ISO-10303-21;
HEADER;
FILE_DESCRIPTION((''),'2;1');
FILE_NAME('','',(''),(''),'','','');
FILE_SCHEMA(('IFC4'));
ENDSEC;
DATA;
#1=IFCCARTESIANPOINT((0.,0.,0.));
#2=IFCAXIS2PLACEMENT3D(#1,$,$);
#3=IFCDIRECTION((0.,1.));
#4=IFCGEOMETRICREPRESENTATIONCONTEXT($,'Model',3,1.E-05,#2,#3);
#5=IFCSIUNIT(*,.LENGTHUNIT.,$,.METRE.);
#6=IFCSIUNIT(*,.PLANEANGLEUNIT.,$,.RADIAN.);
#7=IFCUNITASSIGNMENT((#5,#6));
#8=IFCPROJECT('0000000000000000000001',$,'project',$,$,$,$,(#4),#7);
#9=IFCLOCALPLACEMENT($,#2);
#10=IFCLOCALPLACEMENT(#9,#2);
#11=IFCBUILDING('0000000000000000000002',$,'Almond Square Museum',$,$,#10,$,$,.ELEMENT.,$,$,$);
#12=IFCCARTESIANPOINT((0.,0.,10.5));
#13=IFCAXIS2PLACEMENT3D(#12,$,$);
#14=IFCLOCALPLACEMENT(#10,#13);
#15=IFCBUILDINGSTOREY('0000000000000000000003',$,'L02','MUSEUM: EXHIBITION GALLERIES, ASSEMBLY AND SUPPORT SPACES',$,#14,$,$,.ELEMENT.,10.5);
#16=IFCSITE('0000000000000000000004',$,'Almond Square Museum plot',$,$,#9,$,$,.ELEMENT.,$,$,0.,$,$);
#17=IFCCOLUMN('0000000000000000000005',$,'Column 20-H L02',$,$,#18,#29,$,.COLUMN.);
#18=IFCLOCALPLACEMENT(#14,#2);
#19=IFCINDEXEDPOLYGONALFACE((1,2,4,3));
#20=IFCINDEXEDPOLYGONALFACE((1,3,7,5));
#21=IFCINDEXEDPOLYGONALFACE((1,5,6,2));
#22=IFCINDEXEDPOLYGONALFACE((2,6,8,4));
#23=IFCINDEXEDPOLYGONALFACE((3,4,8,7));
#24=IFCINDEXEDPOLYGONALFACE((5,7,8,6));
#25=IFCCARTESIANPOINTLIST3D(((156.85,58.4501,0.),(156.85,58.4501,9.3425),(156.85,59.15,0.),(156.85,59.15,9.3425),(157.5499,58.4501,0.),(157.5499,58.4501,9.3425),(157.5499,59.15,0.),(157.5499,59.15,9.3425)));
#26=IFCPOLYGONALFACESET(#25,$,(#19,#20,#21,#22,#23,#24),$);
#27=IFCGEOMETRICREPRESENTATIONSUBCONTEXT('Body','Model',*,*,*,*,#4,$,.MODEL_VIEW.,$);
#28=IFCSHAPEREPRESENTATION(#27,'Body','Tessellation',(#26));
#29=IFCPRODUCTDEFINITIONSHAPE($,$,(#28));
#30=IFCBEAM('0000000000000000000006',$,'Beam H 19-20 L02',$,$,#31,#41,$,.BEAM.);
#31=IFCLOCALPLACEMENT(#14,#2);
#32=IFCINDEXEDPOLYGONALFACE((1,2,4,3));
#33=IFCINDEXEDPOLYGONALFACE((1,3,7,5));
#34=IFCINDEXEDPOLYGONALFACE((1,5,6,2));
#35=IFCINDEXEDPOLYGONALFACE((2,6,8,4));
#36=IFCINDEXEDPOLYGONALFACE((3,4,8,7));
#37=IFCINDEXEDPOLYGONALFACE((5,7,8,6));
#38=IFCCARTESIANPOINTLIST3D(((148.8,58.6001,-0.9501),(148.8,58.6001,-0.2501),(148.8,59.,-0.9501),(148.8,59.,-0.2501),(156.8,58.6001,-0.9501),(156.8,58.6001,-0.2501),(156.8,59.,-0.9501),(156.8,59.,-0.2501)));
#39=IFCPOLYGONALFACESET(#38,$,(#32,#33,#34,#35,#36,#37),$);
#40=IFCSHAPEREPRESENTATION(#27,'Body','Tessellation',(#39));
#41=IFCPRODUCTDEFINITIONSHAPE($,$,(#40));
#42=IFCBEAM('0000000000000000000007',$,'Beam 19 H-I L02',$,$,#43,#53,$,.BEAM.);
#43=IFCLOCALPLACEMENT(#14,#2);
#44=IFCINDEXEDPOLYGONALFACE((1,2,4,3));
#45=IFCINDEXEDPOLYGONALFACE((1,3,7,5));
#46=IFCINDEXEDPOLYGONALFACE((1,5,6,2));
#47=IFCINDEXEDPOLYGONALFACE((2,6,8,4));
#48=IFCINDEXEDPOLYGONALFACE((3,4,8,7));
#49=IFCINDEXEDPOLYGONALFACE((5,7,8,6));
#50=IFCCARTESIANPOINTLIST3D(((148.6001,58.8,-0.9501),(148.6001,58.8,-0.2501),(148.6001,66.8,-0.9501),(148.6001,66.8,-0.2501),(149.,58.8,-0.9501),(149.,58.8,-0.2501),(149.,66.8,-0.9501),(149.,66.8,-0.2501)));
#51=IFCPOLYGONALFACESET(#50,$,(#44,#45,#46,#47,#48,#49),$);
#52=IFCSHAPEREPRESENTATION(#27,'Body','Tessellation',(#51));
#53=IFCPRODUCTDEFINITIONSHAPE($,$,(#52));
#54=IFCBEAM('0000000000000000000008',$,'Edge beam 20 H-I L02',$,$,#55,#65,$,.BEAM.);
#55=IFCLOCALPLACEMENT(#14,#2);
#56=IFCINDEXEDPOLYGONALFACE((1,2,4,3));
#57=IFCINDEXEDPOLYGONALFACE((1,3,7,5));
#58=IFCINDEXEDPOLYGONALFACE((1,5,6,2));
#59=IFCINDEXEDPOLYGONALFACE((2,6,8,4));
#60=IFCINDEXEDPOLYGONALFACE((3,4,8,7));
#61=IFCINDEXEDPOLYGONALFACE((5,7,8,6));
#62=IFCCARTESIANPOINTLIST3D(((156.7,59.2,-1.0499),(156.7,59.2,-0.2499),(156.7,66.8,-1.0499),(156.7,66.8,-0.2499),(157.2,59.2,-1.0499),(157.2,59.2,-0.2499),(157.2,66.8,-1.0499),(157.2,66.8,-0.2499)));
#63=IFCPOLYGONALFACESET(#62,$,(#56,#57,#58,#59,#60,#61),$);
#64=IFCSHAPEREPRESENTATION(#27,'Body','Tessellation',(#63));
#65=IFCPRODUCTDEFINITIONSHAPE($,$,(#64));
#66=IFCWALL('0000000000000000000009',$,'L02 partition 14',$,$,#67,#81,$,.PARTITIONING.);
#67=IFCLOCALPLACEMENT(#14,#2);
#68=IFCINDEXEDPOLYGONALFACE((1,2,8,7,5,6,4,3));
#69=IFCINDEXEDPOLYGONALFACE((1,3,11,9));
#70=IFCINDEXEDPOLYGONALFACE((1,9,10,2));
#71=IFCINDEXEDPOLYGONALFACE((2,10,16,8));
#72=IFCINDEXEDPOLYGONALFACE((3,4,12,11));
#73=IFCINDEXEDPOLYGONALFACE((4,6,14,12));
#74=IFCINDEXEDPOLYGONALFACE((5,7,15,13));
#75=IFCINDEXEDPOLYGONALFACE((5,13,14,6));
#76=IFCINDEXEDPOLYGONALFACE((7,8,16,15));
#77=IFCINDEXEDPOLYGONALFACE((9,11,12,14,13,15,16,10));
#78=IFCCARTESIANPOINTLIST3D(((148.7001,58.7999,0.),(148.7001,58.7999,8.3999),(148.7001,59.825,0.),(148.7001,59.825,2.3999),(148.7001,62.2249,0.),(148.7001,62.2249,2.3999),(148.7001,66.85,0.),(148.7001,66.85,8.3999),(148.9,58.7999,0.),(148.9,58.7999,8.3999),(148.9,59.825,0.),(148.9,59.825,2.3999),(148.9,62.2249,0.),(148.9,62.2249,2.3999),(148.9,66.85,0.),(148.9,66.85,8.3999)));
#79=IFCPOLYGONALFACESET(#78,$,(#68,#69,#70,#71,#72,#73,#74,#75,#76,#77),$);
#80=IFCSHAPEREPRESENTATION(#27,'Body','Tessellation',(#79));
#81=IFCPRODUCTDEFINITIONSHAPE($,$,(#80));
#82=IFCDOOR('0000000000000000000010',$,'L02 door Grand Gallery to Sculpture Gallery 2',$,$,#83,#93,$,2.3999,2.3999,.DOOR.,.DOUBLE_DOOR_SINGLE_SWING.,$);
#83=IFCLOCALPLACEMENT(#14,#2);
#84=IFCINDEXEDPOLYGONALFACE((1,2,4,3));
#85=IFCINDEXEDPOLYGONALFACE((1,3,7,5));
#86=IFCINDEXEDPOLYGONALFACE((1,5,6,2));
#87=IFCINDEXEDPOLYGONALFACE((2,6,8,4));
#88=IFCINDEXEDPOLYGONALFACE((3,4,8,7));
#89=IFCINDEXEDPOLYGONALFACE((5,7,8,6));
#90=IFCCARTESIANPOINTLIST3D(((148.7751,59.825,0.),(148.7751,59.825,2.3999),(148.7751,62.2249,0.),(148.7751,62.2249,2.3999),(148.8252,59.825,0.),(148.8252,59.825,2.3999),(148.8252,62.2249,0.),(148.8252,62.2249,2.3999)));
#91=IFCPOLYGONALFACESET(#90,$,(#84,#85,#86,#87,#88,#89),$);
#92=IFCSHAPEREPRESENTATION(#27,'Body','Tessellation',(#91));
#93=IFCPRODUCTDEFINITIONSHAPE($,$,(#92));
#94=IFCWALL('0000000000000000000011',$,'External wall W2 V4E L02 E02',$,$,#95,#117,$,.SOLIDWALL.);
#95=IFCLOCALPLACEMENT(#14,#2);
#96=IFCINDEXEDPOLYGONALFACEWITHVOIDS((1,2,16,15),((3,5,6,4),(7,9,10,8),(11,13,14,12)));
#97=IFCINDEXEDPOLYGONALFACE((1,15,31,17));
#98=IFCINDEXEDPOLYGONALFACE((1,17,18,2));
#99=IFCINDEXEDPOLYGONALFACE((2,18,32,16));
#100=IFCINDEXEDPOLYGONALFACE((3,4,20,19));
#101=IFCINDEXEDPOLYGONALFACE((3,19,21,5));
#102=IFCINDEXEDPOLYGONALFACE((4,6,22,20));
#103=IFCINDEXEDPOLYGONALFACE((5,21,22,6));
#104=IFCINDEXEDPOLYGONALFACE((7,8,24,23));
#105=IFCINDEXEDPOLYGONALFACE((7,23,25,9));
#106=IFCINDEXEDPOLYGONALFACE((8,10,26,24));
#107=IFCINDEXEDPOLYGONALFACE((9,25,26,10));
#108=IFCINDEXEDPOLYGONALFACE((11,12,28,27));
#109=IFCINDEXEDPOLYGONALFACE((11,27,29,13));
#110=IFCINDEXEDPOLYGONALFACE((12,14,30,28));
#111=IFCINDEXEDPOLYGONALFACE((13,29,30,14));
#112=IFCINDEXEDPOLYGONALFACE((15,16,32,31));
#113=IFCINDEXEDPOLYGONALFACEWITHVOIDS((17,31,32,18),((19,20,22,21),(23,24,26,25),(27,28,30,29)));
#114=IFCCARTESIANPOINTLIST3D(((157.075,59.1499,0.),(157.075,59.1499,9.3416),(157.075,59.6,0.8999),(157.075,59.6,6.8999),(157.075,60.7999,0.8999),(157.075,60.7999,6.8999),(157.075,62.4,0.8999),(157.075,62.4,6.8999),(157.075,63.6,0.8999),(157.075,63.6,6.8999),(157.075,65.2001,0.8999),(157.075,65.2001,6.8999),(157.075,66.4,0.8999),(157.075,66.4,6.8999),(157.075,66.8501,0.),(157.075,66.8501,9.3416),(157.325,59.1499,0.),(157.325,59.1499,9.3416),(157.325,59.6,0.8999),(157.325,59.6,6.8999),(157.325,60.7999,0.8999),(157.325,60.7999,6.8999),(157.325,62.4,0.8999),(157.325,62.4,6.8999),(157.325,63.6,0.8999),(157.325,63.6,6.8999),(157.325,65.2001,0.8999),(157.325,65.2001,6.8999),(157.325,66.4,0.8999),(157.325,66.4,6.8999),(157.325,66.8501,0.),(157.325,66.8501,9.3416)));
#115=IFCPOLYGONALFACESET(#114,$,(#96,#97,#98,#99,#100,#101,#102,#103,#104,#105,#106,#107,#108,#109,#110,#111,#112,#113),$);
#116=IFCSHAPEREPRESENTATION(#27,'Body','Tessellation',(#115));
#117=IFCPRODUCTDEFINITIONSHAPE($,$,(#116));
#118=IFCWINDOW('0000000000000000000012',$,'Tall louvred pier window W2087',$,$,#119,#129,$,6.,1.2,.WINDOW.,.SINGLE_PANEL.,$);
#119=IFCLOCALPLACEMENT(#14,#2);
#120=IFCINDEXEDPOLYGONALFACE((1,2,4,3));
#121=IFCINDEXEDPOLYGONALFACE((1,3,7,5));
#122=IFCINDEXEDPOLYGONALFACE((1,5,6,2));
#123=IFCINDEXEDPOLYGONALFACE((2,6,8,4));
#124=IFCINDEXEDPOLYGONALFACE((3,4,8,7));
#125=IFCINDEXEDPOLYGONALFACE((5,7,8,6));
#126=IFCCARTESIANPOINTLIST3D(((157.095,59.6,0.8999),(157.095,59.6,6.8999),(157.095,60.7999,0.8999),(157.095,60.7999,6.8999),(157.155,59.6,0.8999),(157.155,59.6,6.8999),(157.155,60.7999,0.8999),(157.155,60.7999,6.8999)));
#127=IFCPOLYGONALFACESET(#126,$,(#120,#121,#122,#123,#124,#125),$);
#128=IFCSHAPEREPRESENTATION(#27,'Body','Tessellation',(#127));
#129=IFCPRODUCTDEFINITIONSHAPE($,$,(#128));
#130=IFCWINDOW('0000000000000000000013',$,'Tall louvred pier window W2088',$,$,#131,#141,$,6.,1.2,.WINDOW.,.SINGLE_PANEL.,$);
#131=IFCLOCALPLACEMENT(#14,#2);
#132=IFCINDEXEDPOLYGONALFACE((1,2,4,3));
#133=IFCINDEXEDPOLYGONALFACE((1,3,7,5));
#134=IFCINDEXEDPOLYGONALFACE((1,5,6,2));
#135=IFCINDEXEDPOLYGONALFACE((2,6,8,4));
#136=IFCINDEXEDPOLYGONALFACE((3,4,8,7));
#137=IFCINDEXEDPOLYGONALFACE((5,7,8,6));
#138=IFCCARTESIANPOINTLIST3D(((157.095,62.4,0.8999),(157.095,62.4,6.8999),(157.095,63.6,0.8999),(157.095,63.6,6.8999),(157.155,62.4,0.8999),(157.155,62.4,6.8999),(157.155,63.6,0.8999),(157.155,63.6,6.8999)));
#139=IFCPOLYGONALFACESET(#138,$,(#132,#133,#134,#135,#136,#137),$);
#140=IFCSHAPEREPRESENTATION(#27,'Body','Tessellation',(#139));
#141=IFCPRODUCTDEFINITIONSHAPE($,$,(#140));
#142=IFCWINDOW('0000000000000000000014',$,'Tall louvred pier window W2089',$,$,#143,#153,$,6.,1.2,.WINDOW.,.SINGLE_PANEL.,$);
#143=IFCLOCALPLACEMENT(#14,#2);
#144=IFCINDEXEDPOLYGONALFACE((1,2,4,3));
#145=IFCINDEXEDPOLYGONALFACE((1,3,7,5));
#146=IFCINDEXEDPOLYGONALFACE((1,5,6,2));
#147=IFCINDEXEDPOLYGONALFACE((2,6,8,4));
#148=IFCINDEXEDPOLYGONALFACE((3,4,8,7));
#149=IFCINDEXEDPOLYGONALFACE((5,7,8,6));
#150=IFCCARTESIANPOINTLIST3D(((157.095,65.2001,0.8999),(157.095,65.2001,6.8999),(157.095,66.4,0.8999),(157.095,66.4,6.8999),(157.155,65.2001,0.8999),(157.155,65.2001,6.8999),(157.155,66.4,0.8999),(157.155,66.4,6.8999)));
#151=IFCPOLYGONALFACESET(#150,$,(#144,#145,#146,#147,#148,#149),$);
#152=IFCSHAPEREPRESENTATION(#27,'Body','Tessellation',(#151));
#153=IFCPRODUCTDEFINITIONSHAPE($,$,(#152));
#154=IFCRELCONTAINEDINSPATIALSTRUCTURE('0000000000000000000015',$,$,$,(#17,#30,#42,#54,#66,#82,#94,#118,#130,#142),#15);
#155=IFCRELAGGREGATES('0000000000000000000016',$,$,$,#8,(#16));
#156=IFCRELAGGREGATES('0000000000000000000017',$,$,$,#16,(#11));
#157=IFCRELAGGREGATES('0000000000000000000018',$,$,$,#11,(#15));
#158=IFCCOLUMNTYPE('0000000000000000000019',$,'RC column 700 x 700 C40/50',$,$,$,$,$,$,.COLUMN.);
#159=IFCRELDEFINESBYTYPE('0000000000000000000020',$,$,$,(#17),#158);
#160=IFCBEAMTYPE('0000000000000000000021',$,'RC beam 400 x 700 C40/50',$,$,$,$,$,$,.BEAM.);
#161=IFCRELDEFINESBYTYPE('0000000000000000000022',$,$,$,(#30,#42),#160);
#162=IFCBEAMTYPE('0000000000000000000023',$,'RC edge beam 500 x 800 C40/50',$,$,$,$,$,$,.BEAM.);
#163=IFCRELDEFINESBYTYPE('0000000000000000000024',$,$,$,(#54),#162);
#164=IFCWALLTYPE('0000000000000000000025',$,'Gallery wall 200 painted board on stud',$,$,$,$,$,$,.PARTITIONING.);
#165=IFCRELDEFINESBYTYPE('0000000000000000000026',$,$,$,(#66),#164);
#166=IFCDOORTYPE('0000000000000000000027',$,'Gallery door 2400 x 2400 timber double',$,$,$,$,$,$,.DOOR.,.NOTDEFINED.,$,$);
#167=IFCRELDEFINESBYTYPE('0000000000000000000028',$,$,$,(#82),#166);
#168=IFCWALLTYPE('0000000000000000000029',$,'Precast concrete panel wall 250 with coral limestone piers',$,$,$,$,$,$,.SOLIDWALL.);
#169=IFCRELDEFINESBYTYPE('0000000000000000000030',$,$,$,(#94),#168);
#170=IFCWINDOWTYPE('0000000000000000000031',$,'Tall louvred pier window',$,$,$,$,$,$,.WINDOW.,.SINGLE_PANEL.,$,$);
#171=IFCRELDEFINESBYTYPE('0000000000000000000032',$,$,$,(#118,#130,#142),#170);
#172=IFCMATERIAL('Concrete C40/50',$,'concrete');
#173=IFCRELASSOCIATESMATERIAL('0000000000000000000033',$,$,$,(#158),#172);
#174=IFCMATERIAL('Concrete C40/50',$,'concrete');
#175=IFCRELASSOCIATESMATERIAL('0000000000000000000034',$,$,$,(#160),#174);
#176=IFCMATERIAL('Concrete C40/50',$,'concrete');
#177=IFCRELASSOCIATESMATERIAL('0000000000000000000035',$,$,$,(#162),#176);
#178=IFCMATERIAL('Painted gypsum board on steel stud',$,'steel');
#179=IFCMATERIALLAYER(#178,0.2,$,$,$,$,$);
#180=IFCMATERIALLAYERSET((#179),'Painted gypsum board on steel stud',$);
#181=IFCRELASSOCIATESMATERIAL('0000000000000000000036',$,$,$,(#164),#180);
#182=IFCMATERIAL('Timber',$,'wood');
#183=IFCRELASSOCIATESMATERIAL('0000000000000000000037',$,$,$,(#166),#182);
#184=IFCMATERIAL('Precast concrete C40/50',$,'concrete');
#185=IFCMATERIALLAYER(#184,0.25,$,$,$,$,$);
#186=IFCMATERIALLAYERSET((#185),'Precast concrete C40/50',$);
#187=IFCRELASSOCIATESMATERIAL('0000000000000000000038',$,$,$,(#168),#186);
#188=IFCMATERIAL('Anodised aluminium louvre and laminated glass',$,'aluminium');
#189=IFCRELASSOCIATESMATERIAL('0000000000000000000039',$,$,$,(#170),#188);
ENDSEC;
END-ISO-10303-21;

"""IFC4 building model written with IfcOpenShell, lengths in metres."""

from ifc_helpers import new_model, si_unit, direction, frame, frame_2d, origin, origin_2d, place, context, subcontext, project, spatial, rectangle, extrude, material, layer, layer_set, material_profile, profile_set, type_object, element, fill, save


model = new_model("IFC4")

# Units and contexts
model_context = context("Model", 3, precision=1e-05, world=origin(), true_north=direction((0.0, 1.0)))
body_context = subcontext(model_context, "Body", "Model", "MODEL_VIEW")
ifc_project = project(units=[si_unit("LENGTHUNIT", "METRE"), si_unit("PLANEANGLEUNIT", "RADIAN")], contexts=[model_context])

# Site, building, storey
site_placement = place(None, origin())
site = spatial("IfcSite", under=ifc_project, at=site_placement, Name="Almond Square Museum plot", CompositionType="ELEMENT", RefElevation=0.0)
building_placement = place(site_placement, origin())
building = spatial("IfcBuilding", under=site, at=building_placement, Name="Almond Square Museum", CompositionType="ELEMENT")
storey_placement = place(building_placement, frame((0.0, 0.0, 10.5)))
storey = spatial("IfcBuildingStorey", under=building, at=storey_placement, Name="L02", Description="MUSEUM: EXHIBITION GALLERIES, ASSEMBLY AND SUPPORT SPACES", CompositionType="ELEMENT", Elevation=10.5)

# Column
ifc_material_1 = material(Name="Concrete C40/50", Category="concrete")
ifc_material_profile_1 = material_profile(ifc_material_1, rectangle(XDim=0.7, YDim=0.7, at=origin_2d()))
ifc_profile_set_1 = profile_set([ifc_material_profile_1], Name="Concrete C40/50")
column_type = type_object("IfcColumnType", Name="RC column 700 x 700 C40/50", PredefinedType="COLUMN", material=ifc_profile_set_1)
column_placement = place(storey_placement, frame((157.2, 58.8, 0.0), z_axis=(0.0, 0.0, 1.0), x_axis=(1.0, 0.0, 0.0)))
element("IfcColumn", 1, at=column_placement, inside=storey, type_object=column_type, Name="Column 20-H L02", PredefinedType="COLUMN", context=body_context, shape_type="SweptSolid", body=[
    extrude(rectangle(XDim=0.7, YDim=0.7, at=origin_2d()), origin(), (0.0, 0.0, 1.0), 9.3425),
])

# Beams
ifc_material_2 = material(Name="Concrete C40/50", Category="concrete")
ifc_material_profile_2 = material_profile(ifc_material_2, rectangle(XDim=0.3999, YDim=0.7, at=origin_2d()))
ifc_profile_set_2 = profile_set([ifc_material_profile_2], Name="Concrete C40/50")
beam_type_1 = type_object("IfcBeamType", Name="RC beam 400 x 700 C40/50", PredefinedType="BEAM", material=ifc_profile_set_2)
for number, where, z_axis, x_axis, name in (
    (2, (148.8, 58.8, -0.6001), (1.0, 0.0, 0.0), (0.0, 1.0, 0.0), "Beam H 19-20 L02"),
    (3, (148.8, 58.8, -0.6001), (0.0, 1.0, 0.0), (-1.0, 0.0, 0.0), "Beam 19 H-I L02"),
):
    element("IfcBeam", number, at=place(storey_placement, frame(where, z_axis=z_axis, x_axis=x_axis)), inside=storey, type_object=beam_type_1, Name=name, PredefinedType="BEAM", context=body_context, shape_type="SweptSolid", body=[
        extrude(rectangle(XDim=0.3999, YDim=0.7, at=origin_2d()), origin(), (0.0, 0.0, 1.0), 8.0),
    ])
ifc_material_3 = material(Name="Concrete C40/50", Category="concrete")
ifc_material_profile_3 = material_profile(ifc_material_3, rectangle(XDim=0.5, YDim=0.8, at=origin_2d()))
ifc_profile_set_3 = profile_set([ifc_material_profile_3], Name="Concrete C40/50")
beam_type_2 = type_object("IfcBeamType", Name="RC edge beam 500 x 800 C40/50", PredefinedType="BEAM", material=ifc_profile_set_3)
beam_placement = place(storey_placement, frame((156.95, 59.2, -0.6499), z_axis=(0.0, 1.0, 0.0), x_axis=(-1.0, 0.0, 0.0)))
element("IfcBeam", 4, at=beam_placement, inside=storey, type_object=beam_type_2, Name="Edge beam 20 H-I L02", PredefinedType="BEAM", context=body_context, shape_type="SweptSolid", body=[
    extrude(rectangle(XDim=0.5, YDim=0.8, at=origin_2d()), origin(), (0.0, 0.0, 1.0), 7.6001),
])

# Wall, opening, door
ifc_material_4 = material(Name="Painted gypsum board on steel stud", Category="steel")
ifc_layer_1 = layer(ifc_material_4, 0.2)
ifc_layer_set_1 = layer_set([ifc_layer_1], Name="Painted gypsum board on steel stud")
wall_type_1 = type_object("IfcWallType", Name="Gallery wall 200 painted board on stud", PredefinedType="PARTITIONING", material=ifc_layer_set_1)
wall_1_placement = place(storey_placement, frame((148.8, 58.8, 0.0), z_axis=(0.0, 0.0, 1.0), x_axis=(0.0, 1.0, 0.0)))
wall_1 = element("IfcWall", 5, at=wall_1_placement, inside=storey, type_object=wall_type_1, Name="L02 partition 14", PredefinedType="PARTITIONING", context=body_context, shape_type="SweptSolid", body=[
    extrude(rectangle(XDim=8.05, YDim=0.2, at=frame_2d((4.0249, 0.0))), origin(), (0.0, 0.0, 1.0), 8.3999),
])
opening_1_placement = place(wall_1_placement, frame((1.0249, 0.0, 0.0)))
opening_1 = element("IfcOpeningElement", 6, at=opening_1_placement, cuts=wall_1, PredefinedType="OPENING", context=body_context, shape_type="SweptSolid", body=[
    extrude(rectangle(XDim=2.3999, YDim=2.3999, at=frame_2d((1.2, 1.2))), frame((0.0, 0.1099, 0.0), z_axis=(0.0, -1.0, 0.0), x_axis=(1.0, 0.0, 0.0)), (0.0, 0.0, 1.0), 0.22),
])
ifc_material_5 = material(Name="Timber", Category="wood")
door_type = type_object("IfcDoorType", Name="Gallery door 2400 x 2400 timber double", OperationType="NOTDEFINED", PredefinedType="DOOR", material=ifc_material_5)
door_placement = place(opening_1_placement, origin())
door = element("IfcDoor", 7, at=door_placement, inside=storey, type_object=door_type, Name="L02 door Grand Gallery to Sculpture Gallery 2", OperationType="DOUBLE_DOOR_SINGLE_SWING", OverallHeight=2.3999, OverallWidth=2.3999, PredefinedType="DOOR", context=body_context, shape_type="SweptSolid", body=[
    extrude(rectangle(XDim=2.3999, YDim=2.3999, at=frame_2d((1.2, 1.2))), frame((0.0, 0.0249, 0.0), z_axis=(0.0, -1.0, 0.0), x_axis=(1.0, 0.0, 0.0)), (0.0, 0.0, 1.0), 0.05),
])
fill(opening_1, door)

# Wall, openings, windows
ifc_material_6 = material(Name="Precast concrete C40/50", Category="concrete")
ifc_layer_2 = layer(ifc_material_6, 0.25)
ifc_layer_set_2 = layer_set([ifc_layer_2], Name="Precast concrete C40/50")
wall_type_2 = type_object("IfcWallType", Name="Precast concrete panel wall 250 with coral limestone piers", PredefinedType="SOLIDWALL", material=ifc_layer_set_2)
wall_2_placement = place(storey_placement, frame((157.2, 59.1499, 0.0), z_axis=(0.0, 0.0, 1.0), x_axis=(0.0, 1.0, 0.0)))
wall_2 = element("IfcWall", 8, at=wall_2_placement, inside=storey, type_object=wall_type_2, Name="External wall W2 V4E L02 E02", PredefinedType="SOLIDWALL", context=body_context, shape_type="SweptSolid", body=[
    extrude(rectangle(XDim=7.7002, YDim=0.25, at=frame_2d((3.8501, 0.0))), origin(), (0.0, 0.0, 1.0), 9.3416),
])
opening_2_placement = place(wall_2_placement, frame((0.45, 0.0, 0.8999)))
opening_2 = element("IfcOpeningElement", 9, at=opening_2_placement, cuts=wall_2, PredefinedType="OPENING", context=body_context, shape_type="SweptSolid", body=[
    extrude(rectangle(XDim=1.2, YDim=6.0, at=frame_2d((0.6001, 3.0))), frame((0.0, 0.135, 0.0), z_axis=(0.0, -1.0, 0.0), x_axis=(1.0, 0.0, 0.0)), (0.0, 0.0, 1.0), 0.27),
])
opening_3_placement = place(wall_2_placement, frame((3.25, 0.0, 0.8999)))
opening_3 = element("IfcOpeningElement", 10, at=opening_3_placement, cuts=wall_2, PredefinedType="OPENING", context=body_context, shape_type="SweptSolid", body=[
    extrude(rectangle(XDim=1.2, YDim=6.0, at=frame_2d((0.6001, 3.0))), frame((0.0, 0.135, 0.0), z_axis=(0.0, -1.0, 0.0), x_axis=(1.0, 0.0, 0.0)), (0.0, 0.0, 1.0), 0.27),
])
opening_4_placement = place(wall_2_placement, frame((6.05, 0.0, 0.8999)))
opening_4 = element("IfcOpeningElement", 11, at=opening_4_placement, cuts=wall_2, PredefinedType="OPENING", context=body_context, shape_type="SweptSolid", body=[
    extrude(rectangle(XDim=1.2, YDim=6.0, at=frame_2d((0.6001, 3.0))), frame((0.0, 0.135, 0.0), z_axis=(0.0, -1.0, 0.0), x_axis=(1.0, 0.0, 0.0)), (0.0, 0.0, 1.0), 0.27),
])
ifc_material_7 = material(Name="Anodised aluminium louvre and laminated glass", Category="aluminium")
window_type = type_object("IfcWindowType", Name="Tall louvred pier window", PartitioningType="SINGLE_PANEL", PredefinedType="WINDOW", material=ifc_material_7)
window_1_placement = place(opening_2_placement, origin())
window_1 = element("IfcWindow", 12, at=window_1_placement, inside=storey, type_object=window_type, Name="Tall louvred pier window W2087", OverallHeight=6.0, OverallWidth=1.2, PartitioningType="SINGLE_PANEL", PredefinedType="WINDOW", context=body_context, shape_type="SweptSolid", body=[
    extrude(rectangle(XDim=1.2, YDim=6.0, at=frame_2d((0.6001, 3.0))), frame((0.0, 0.105, 0.0), z_axis=(0.0, -1.0, 0.0), x_axis=(1.0, 0.0, 0.0)), (0.0, 0.0, 1.0), 0.0601),
])
fill(opening_2, window_1)
window_2_placement = place(opening_3_placement, origin())
window_2 = element("IfcWindow", 13, at=window_2_placement, inside=storey, type_object=window_type, Name="Tall louvred pier window W2088", OverallHeight=6.0, OverallWidth=1.2, PartitioningType="SINGLE_PANEL", PredefinedType="WINDOW", context=body_context, shape_type="SweptSolid", body=[
    extrude(rectangle(XDim=1.2, YDim=6.0, at=frame_2d((0.6001, 3.0))), frame((0.0, 0.105, 0.0), z_axis=(0.0, -1.0, 0.0), x_axis=(1.0, 0.0, 0.0)), (0.0, 0.0, 1.0), 0.0601),
])
fill(opening_3, window_2)
window_3_placement = place(opening_4_placement, origin())
window_3 = element("IfcWindow", 14, at=window_3_placement, inside=storey, type_object=window_type, Name="Tall louvred pier window W2089", OverallHeight=6.0, OverallWidth=1.2, PartitioningType="SINGLE_PANEL", PredefinedType="WINDOW", context=body_context, shape_type="SweptSolid", body=[
    extrude(rectangle(XDim=1.2, YDim=6.0, at=frame_2d((0.6001, 3.0))), frame((0.0, 0.105, 0.0), z_axis=(0.0, -1.0, 0.0), x_axis=(1.0, 0.0, 0.0)), (0.0, 0.0, 1.0), 0.0601),
])
fill(opening_4, window_3)

save(model, "model.ifc")
